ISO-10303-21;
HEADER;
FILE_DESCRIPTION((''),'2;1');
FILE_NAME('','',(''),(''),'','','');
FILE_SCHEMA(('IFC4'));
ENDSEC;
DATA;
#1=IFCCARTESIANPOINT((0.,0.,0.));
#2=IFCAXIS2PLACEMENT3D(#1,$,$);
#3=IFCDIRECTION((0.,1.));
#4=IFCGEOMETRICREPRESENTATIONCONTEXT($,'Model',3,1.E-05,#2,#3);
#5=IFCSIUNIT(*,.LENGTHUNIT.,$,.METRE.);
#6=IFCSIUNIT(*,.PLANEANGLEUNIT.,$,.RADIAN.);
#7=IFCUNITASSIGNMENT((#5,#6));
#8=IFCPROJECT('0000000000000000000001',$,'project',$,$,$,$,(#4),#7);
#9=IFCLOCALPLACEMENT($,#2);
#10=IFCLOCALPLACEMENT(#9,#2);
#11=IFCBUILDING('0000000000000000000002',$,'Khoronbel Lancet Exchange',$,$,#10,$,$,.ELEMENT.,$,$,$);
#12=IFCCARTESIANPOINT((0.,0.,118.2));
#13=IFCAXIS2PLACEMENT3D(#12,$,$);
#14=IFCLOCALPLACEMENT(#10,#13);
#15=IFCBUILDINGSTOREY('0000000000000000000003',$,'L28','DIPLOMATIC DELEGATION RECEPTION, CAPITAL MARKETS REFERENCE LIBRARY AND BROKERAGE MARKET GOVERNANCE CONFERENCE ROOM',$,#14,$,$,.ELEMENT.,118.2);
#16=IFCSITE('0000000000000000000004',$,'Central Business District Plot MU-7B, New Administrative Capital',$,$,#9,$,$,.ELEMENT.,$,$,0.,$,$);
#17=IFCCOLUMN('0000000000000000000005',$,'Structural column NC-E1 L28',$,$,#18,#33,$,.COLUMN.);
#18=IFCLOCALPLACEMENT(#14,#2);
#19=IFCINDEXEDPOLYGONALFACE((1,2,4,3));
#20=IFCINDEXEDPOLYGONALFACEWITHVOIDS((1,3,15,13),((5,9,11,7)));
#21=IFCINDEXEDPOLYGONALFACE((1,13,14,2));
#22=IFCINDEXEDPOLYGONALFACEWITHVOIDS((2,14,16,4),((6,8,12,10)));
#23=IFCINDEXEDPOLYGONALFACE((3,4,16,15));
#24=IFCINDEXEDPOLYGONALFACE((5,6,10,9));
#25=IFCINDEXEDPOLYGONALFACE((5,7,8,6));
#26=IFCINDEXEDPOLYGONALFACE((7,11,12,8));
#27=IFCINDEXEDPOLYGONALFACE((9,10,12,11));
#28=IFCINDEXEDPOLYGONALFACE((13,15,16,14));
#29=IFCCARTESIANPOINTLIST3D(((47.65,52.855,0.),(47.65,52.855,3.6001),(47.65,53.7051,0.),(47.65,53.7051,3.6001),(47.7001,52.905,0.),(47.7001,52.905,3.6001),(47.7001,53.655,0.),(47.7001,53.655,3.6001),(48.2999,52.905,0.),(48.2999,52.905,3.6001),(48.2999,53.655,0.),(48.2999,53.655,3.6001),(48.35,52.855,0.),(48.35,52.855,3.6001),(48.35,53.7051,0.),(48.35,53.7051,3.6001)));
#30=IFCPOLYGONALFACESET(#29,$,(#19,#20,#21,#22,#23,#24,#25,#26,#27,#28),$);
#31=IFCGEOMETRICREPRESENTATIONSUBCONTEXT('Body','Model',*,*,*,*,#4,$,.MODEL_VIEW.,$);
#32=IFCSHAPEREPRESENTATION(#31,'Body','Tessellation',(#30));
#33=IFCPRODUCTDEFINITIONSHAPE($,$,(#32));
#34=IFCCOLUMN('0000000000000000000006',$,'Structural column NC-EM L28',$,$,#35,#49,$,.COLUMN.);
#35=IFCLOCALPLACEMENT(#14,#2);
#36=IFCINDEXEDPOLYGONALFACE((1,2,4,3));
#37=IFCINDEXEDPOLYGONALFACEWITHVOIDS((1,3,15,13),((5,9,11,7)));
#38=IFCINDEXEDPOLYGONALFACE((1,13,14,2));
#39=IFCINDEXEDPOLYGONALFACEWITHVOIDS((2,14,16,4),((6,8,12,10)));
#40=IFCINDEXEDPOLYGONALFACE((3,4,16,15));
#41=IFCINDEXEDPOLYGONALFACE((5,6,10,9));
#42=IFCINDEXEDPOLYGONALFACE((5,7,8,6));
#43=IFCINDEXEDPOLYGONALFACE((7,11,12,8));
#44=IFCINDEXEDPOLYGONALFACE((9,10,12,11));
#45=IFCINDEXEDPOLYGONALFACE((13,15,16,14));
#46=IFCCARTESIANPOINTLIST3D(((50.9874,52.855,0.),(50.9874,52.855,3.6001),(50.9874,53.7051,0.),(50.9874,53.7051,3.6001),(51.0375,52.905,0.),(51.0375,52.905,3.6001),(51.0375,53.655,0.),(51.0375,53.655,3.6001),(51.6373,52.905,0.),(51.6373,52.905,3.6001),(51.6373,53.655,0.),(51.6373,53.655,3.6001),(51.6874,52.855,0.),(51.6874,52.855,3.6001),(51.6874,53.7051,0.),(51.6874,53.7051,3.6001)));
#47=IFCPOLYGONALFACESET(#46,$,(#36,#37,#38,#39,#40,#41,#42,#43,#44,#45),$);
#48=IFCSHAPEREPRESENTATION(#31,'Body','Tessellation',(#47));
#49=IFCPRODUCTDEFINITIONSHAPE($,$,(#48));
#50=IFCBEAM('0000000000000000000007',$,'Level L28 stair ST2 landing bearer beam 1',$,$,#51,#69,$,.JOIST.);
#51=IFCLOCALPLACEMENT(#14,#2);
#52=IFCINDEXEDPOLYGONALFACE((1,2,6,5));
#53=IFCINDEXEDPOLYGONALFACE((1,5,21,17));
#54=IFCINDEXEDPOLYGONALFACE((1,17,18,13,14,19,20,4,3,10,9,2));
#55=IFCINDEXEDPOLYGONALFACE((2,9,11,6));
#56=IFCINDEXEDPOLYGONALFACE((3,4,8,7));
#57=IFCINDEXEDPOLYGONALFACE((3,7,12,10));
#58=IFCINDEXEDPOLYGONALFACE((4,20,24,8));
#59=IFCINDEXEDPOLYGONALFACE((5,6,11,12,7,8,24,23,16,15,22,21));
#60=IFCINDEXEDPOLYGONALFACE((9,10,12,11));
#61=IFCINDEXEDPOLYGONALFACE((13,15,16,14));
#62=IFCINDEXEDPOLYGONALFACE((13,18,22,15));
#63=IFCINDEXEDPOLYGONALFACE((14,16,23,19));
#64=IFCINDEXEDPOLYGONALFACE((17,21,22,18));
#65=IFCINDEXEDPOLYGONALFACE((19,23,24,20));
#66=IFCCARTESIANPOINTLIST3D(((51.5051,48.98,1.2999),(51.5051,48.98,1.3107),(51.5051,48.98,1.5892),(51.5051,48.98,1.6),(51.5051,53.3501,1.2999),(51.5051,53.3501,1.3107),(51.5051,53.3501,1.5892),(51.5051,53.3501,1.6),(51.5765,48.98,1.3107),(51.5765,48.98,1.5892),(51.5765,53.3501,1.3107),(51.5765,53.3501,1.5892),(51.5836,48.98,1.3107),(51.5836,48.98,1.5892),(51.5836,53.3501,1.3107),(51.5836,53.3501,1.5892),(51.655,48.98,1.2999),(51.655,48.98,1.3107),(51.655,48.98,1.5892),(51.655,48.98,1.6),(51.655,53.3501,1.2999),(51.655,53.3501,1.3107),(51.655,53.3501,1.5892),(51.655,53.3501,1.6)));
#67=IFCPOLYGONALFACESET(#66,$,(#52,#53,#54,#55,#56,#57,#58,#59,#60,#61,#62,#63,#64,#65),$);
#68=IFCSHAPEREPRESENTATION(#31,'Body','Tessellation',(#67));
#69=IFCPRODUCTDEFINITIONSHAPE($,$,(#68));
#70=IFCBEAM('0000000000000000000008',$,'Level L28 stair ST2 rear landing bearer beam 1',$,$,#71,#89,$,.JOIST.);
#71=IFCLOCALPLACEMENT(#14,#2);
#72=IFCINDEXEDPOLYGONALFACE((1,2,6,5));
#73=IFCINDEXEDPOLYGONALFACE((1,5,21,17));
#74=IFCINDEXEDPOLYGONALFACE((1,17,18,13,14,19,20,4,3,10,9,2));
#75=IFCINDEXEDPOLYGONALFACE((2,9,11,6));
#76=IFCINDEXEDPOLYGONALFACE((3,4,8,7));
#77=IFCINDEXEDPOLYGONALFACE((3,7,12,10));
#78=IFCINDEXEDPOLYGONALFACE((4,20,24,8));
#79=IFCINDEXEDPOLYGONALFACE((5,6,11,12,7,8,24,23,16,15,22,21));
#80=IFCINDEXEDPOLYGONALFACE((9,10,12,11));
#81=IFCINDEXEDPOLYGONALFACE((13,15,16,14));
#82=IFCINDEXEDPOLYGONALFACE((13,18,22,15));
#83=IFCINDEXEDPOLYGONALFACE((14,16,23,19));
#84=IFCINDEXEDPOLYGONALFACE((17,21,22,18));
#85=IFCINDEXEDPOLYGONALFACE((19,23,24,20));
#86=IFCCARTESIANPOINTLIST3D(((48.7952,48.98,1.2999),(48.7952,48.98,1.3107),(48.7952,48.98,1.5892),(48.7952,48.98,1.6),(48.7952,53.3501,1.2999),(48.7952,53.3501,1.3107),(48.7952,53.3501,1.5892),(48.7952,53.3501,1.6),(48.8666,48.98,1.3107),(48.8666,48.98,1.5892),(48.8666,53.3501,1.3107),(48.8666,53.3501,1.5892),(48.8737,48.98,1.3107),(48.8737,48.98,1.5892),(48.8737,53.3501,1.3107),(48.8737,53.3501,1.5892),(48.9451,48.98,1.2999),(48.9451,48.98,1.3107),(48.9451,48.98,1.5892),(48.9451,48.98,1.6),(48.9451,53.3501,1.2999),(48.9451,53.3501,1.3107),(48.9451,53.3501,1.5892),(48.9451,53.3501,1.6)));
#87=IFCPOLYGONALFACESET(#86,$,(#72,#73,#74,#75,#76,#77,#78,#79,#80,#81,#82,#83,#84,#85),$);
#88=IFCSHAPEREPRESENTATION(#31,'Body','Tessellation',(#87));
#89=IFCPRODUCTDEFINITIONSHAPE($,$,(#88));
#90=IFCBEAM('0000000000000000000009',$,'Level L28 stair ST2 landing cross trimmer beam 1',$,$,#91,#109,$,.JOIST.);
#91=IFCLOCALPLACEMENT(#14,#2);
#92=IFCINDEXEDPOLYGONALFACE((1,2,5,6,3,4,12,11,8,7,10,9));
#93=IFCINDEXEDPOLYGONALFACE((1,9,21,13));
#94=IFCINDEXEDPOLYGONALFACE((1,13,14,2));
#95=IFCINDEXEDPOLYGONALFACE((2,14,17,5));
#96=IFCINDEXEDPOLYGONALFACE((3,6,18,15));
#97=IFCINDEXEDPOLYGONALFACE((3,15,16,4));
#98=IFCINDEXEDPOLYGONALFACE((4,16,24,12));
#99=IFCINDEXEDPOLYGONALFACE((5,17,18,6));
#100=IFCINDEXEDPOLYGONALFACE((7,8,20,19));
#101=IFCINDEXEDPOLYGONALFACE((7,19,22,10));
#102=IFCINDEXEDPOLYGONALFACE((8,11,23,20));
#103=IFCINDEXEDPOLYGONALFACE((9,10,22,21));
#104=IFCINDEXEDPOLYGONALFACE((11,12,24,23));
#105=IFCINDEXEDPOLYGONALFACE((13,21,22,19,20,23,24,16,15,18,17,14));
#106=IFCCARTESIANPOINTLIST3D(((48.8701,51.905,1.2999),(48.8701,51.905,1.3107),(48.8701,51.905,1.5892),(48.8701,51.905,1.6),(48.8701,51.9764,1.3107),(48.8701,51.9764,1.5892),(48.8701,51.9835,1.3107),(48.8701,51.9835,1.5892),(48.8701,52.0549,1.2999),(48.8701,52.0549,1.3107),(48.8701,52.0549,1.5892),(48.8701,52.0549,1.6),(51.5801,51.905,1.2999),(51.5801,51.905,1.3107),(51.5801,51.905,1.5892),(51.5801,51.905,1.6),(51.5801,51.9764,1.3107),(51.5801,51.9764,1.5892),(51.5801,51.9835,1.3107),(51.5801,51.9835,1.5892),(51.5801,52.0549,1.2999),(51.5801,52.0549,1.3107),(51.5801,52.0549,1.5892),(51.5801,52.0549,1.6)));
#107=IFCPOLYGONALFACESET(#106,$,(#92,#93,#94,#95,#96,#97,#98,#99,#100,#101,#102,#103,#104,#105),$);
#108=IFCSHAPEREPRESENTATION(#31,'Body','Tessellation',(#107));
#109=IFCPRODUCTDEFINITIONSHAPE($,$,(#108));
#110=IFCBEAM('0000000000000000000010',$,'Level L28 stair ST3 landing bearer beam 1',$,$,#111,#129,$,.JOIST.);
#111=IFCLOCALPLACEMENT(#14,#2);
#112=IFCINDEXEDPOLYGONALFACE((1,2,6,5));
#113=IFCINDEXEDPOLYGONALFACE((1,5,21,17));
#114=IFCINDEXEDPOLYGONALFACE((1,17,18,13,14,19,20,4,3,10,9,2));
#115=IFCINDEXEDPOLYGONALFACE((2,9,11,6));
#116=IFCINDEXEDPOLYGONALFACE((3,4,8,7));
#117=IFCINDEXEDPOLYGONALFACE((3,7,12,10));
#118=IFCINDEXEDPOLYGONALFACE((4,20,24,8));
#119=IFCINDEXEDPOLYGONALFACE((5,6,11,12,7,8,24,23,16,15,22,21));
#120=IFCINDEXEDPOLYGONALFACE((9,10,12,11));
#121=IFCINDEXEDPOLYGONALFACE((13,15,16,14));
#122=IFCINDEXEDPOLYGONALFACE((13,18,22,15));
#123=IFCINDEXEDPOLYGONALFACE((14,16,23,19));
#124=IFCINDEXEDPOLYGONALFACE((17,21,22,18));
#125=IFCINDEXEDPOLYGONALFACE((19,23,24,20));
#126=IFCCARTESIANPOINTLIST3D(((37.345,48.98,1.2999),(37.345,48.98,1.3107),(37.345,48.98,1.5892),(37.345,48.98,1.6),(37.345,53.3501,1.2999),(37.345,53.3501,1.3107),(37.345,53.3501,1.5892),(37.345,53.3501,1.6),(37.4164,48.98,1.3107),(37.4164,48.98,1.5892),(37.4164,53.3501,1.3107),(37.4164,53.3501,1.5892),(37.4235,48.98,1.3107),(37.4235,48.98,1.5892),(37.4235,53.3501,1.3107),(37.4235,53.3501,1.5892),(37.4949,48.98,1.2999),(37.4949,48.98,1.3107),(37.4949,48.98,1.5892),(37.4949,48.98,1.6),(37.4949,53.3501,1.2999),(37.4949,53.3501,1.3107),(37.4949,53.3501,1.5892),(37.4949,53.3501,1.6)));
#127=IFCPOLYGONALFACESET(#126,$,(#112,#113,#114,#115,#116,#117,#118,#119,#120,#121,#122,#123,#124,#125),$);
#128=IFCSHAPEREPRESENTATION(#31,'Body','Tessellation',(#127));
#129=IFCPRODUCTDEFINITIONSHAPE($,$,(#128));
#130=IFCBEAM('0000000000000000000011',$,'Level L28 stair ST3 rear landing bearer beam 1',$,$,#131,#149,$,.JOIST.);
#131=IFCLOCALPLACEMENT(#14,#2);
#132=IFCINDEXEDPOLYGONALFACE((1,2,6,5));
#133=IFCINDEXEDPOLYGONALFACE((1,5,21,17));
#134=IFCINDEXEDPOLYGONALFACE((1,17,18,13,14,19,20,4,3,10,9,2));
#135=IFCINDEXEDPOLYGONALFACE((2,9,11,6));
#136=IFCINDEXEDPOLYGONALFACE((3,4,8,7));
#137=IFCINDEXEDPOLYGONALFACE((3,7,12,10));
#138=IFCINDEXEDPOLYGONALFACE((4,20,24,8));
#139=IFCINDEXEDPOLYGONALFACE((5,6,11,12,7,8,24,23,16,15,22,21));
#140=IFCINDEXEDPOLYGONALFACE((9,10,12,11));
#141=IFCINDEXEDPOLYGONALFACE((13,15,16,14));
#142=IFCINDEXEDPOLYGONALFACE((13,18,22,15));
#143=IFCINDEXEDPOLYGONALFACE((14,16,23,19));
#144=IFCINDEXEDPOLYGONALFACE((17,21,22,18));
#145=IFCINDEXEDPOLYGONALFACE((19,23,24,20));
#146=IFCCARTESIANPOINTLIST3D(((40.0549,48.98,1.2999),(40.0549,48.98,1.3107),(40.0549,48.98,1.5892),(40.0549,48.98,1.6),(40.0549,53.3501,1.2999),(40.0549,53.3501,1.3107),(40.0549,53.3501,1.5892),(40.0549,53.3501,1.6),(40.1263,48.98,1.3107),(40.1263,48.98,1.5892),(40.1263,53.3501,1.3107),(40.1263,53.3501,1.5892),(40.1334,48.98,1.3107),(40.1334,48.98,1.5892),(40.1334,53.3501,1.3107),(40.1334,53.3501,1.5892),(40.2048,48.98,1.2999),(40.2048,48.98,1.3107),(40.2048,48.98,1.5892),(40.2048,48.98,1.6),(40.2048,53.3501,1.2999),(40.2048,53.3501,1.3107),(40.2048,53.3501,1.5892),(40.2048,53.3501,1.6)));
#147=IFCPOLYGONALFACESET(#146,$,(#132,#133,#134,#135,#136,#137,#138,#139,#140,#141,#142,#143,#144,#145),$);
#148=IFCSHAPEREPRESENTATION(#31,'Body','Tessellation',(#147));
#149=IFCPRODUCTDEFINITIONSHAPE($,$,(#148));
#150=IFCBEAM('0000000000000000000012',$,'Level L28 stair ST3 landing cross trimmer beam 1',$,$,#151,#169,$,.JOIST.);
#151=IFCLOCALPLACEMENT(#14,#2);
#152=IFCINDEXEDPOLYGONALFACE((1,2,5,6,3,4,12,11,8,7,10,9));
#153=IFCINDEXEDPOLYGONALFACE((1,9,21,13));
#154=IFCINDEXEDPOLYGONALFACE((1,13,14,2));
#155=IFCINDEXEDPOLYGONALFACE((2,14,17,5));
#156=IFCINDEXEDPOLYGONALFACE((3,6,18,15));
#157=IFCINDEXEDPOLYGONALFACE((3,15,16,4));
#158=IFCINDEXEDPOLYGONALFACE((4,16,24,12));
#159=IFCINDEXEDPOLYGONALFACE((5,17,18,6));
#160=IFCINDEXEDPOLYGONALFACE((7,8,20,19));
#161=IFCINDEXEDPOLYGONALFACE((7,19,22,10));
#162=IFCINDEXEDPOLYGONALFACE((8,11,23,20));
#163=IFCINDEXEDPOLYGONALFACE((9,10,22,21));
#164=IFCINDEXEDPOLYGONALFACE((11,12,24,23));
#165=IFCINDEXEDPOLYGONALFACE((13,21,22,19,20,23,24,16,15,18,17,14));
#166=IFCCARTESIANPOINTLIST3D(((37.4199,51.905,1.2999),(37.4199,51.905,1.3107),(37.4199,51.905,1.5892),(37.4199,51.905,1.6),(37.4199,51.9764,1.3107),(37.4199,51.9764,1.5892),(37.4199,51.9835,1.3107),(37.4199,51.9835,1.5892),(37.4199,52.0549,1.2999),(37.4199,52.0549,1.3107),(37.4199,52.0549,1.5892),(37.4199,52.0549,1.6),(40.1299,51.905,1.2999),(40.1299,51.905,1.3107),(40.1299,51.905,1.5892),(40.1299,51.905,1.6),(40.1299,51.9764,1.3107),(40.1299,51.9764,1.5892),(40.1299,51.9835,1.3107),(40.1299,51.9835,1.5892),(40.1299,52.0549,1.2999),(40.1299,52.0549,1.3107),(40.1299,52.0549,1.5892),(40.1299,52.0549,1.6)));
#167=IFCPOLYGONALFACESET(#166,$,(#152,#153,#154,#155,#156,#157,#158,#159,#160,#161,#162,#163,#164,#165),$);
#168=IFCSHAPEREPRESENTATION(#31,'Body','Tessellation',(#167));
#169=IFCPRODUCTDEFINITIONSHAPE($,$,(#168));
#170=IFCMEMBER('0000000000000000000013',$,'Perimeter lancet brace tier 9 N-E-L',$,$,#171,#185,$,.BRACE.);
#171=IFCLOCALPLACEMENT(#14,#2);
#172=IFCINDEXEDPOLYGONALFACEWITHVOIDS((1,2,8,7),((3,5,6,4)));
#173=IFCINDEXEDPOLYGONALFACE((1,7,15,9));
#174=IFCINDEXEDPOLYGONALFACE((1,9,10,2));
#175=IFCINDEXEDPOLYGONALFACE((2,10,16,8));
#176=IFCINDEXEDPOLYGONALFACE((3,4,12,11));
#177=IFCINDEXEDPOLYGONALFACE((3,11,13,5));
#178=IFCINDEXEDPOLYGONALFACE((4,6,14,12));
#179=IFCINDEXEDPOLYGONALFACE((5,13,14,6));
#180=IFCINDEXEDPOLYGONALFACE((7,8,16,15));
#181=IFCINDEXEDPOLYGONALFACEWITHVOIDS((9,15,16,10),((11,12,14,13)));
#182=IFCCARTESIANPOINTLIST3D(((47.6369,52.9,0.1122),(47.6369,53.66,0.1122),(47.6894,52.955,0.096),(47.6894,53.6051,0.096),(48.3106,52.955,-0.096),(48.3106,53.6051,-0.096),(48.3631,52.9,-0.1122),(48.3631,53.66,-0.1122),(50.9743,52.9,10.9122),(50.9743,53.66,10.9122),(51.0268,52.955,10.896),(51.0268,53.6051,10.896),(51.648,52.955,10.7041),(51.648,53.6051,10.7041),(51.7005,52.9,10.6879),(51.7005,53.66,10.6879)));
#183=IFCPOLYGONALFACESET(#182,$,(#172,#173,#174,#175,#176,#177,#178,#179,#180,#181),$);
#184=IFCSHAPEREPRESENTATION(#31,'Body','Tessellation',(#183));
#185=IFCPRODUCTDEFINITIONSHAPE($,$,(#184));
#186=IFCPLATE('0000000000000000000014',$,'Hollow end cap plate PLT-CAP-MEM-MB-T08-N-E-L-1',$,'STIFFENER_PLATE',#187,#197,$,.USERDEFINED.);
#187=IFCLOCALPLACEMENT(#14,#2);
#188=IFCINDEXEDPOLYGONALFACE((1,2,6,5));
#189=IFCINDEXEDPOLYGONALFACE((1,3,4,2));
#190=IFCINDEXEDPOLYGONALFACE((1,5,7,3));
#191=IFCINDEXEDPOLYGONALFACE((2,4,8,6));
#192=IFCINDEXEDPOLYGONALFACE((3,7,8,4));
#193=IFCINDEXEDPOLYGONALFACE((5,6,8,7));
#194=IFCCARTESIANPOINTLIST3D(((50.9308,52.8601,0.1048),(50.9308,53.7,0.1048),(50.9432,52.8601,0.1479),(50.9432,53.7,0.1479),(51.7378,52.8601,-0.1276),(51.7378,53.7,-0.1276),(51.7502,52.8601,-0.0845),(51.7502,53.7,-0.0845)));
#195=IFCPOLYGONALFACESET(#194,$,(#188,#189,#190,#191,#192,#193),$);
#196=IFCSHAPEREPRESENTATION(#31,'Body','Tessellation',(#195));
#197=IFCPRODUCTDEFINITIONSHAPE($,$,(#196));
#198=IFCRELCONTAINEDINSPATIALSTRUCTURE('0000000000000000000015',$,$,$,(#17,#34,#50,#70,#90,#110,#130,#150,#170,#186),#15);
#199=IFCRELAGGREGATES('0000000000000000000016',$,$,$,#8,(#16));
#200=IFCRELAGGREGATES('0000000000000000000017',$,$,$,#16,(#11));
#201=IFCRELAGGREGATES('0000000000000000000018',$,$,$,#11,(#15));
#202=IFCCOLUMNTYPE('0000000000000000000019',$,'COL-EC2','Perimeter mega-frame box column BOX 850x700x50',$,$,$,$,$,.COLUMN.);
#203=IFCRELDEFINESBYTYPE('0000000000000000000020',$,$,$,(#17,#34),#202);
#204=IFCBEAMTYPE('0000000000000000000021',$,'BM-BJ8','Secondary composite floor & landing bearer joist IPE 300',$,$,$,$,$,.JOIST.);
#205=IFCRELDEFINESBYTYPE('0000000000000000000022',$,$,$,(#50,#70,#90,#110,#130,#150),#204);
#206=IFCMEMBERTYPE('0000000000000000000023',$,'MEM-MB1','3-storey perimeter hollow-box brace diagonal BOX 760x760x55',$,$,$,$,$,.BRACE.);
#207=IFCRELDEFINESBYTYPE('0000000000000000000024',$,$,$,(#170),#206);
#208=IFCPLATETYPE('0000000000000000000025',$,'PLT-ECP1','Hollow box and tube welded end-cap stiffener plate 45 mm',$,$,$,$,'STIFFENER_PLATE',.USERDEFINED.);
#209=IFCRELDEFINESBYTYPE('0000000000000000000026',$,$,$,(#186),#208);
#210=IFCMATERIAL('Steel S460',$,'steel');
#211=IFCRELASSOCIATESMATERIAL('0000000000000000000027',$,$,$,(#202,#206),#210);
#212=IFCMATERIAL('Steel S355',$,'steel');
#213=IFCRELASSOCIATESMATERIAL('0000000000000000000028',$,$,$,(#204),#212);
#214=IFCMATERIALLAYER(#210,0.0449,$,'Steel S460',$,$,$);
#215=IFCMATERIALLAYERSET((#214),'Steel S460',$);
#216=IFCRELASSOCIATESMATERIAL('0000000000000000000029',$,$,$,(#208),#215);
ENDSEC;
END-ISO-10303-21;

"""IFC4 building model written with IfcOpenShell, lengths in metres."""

from ifc_helpers import new_model, si_unit, direction, frame, origin, origin_2d, place, context, subcontext, project, spatial, polyline, hollow_rectangle, i_section, outline, extrude, material, layer, layer_set, material_profile, profile_set, type_object, element, save


model = new_model("IFC4")

# Units and contexts
model_context = context("Model", 3, precision=1e-05, world=origin(), true_north=direction((0.0, 1.0)))
body_context = subcontext(model_context, "Body", "Model", "MODEL_VIEW")
ifc_project = project(units=[si_unit("LENGTHUNIT", "METRE"), si_unit("PLANEANGLEUNIT", "RADIAN")], contexts=[model_context])

# Site, building, storey
site_placement = place(None, origin())
site = spatial("IfcSite", under=ifc_project, at=site_placement, Name="Central Business District Plot MU-7B, New Administrative Capital", CompositionType="ELEMENT", RefElevation=0.0)
building_placement = place(site_placement, origin())
building = spatial("IfcBuilding", under=site, at=building_placement, Name="Khoronbel Lancet Exchange", CompositionType="ELEMENT")
storey_placement = place(building_placement, frame((0.0, 0.0, 118.2)))
storey = spatial("IfcBuildingStorey", under=building, at=storey_placement, Name="L28", Description="DIPLOMATIC DELEGATION RECEPTION, CAPITAL MARKETS REFERENCE LIBRARY AND BROKERAGE MARKET GOVERNANCE CONFERENCE ROOM", CompositionType="ELEMENT", Elevation=118.2)

# Columns
ifc_material_1 = material(Name="Steel S460", Category="steel")
ifc_material_profile_1 = material_profile(ifc_material_1, hollow_rectangle(XDim=0.7, YDim=0.8501, WallThickness=0.05, at=origin_2d()), Name="BOX 850x700x50")
ifc_profile_set_1 = profile_set([ifc_material_profile_1], Name="Steel S460")
column_type = type_object("IfcColumnType", Name="COL-EC2", Description="Perimeter mega-frame box column BOX 850x700x50", PredefinedType="COLUMN", material=ifc_profile_set_1)
for number, where, z_axis, x_axis, name in (
    (1, (48.0, 53.28, 0.0), (0.0, 0.0, 1.0), (1.0, 0.0, 0.0), "Structural column NC-E1 L28"),
    (2, (51.3374, 53.28, 0.0), (0.0, 0.0, 1.0), (1.0, 0.0, 0.0), "Structural column NC-EM L28"),
):
    element("IfcColumn", number, at=place(storey_placement, frame(where, z_axis=z_axis, x_axis=x_axis)), inside=storey, type_object=column_type, Name=name, PredefinedType="COLUMN", context=body_context, shape_type="SweptSolid", body=[
        extrude(hollow_rectangle(XDim=0.7, YDim=0.8501, WallThickness=0.05, at=origin_2d()), origin(), (0.0, 0.0, 1.0), 3.6001),
    ])

# Beams
ifc_material_2 = material(Name="Steel S355", Category="steel")
ifc_material_profile_2 = material_profile(ifc_material_2, i_section(OverallWidth=0.1499, OverallDepth=0.3, WebThickness=0.0071, FlangeThickness=0.0107, at=origin_2d()), Name="IPE 300")
ifc_profile_set_2 = profile_set([ifc_material_profile_2], Name="Steel S355")
beam_type = type_object("IfcBeamType", Name="BM-BJ8", Description="Secondary composite floor & landing bearer joist IPE 300", PredefinedType="JOIST", material=ifc_profile_set_2)
for number, where, z_axis, x_axis, name in (
    (3, (51.5801, 48.98, 1.45), (0.0, 1.0, 0.0), (-1.0, 0.0, 0.0), "Level L28 stair ST2 landing bearer beam 1"),
    (4, (48.8701, 48.98, 1.45), (0.0, 1.0, 0.0), (-1.0, 0.0, 0.0), "Level L28 stair ST2 rear landing bearer beam 1"),
):
    element("IfcBeam", number, at=place(storey_placement, frame(where, z_axis=z_axis, x_axis=x_axis)), inside=storey, type_object=beam_type, Name=name, PredefinedType="JOIST", context=body_context, shape_type="SweptSolid", body=[
        extrude(i_section(OverallWidth=0.1499, OverallDepth=0.3, WebThickness=0.0071, FlangeThickness=0.0107, at=origin_2d()), origin(), (0.0, 0.0, 1.0), 4.3701),
    ])
beam_1_placement = place(storey_placement, frame((48.8701, 51.98, 1.45), z_axis=(1.0, 0.0, 0.0), x_axis=(0.0, 1.0, 0.0)))
element("IfcBeam", 5, at=beam_1_placement, inside=storey, type_object=beam_type, Name="Level L28 stair ST2 landing cross trimmer beam 1", PredefinedType="JOIST", context=body_context, shape_type="SweptSolid", body=[
    extrude(i_section(OverallWidth=0.1499, OverallDepth=0.3, WebThickness=0.0071, FlangeThickness=0.0107, at=origin_2d()), origin(), (0.0, 0.0, 1.0), 2.71),
])
for number, where, z_axis, x_axis, name in (
    (6, (37.4199, 48.98, 1.45), (0.0, 1.0, 0.0), (-1.0, 0.0, 0.0), "Level L28 stair ST3 landing bearer beam 1"),
    (7, (40.1299, 48.98, 1.45), (0.0, 1.0, 0.0), (-1.0, 0.0, 0.0), "Level L28 stair ST3 rear landing bearer beam 1"),
):
    element("IfcBeam", number, at=place(storey_placement, frame(where, z_axis=z_axis, x_axis=x_axis)), inside=storey, type_object=beam_type, Name=name, PredefinedType="JOIST", context=body_context, shape_type="SweptSolid", body=[
        extrude(i_section(OverallWidth=0.1499, OverallDepth=0.3, WebThickness=0.0071, FlangeThickness=0.0107, at=origin_2d()), origin(), (0.0, 0.0, 1.0), 4.3701),
    ])
beam_2_placement = place(storey_placement, frame((37.4199, 51.98, 1.45), z_axis=(1.0, 0.0, 0.0), x_axis=(0.0, 1.0, 0.0)))
element("IfcBeam", 8, at=beam_2_placement, inside=storey, type_object=beam_type, Name="Level L28 stair ST3 landing cross trimmer beam 1", PredefinedType="JOIST", context=body_context, shape_type="SweptSolid", body=[
    extrude(i_section(OverallWidth=0.1499, OverallDepth=0.3, WebThickness=0.0071, FlangeThickness=0.0107, at=origin_2d()), origin(), (0.0, 0.0, 1.0), 2.71),
])

# Member
ifc_material_profile_3 = material_profile(ifc_material_1, hollow_rectangle(XDim=0.76, YDim=0.76, WallThickness=0.0549, at=origin_2d()), Name="BOX 760x760x55")
ifc_profile_set_3 = profile_set([ifc_material_profile_3], Name="Steel S460")
member_type = type_object("IfcMemberType", Name="MEM-MB1", Description="3-storey perimeter hollow-box brace diagonal BOX 760x760x55", PredefinedType="BRACE", material=ifc_profile_set_3)
member_placement = place(storey_placement, frame((48.0, 53.28, 0.0), z_axis=(0.295242, 0.0, 0.955422), x_axis=(0.0, 1.0, 0.0)))
element("IfcMember", 9, at=member_placement, inside=storey, type_object=member_type, Name="Perimeter lancet brace tier 9 N-E-L", PredefinedType="BRACE", context=body_context, shape_type="SweptSolid", body=[
    extrude(hollow_rectangle(XDim=0.76, YDim=0.76, WallThickness=0.0549, at=origin_2d()), origin(), (0.0, 0.0, 1.0), 11.304),
])

# Plate
ifc_layer_1 = layer(ifc_material_1, 0.0449, Name="Steel S460")
ifc_layer_set_1 = layer_set([ifc_layer_1], Name="Steel S460")
plate_type = type_object("IfcPlateType", Name="PLT-ECP1", Description="Hollow box and tube welded end-cap stiffener plate 45 mm", ElementType="STIFFENER_PLATE", PredefinedType="USERDEFINED", material=ifc_layer_set_1)
for number, where, z_axis, x_axis, name in (
    (10, (51.7502, 52.8601, -0.0845), (0.276717, 0.0, 0.960952), (0.0, 1.0, 0.0), "Hollow end cap plate PLT-CAP-MEM-MB-T08-N-E-L-1"),
):
    element("IfcPlate", number, at=place(storey_placement, frame(where, z_axis=z_axis, x_axis=x_axis)), inside=storey, type_object=plate_type, Name=name, ObjectType="STIFFENER_PLATE", PredefinedType="USERDEFINED", context=body_context, shape_type="SweptSolid", body=[
        extrude(outline(polyline([(0.0, 0.0), (0.8398, 0.0), (0.8398, 0.8398), (0.0, 0.8398), (0.0, 0.0)])), origin(), (0.0, 0.0, -1.0), 0.0449),
    ])

save(model, "model.ifc")
